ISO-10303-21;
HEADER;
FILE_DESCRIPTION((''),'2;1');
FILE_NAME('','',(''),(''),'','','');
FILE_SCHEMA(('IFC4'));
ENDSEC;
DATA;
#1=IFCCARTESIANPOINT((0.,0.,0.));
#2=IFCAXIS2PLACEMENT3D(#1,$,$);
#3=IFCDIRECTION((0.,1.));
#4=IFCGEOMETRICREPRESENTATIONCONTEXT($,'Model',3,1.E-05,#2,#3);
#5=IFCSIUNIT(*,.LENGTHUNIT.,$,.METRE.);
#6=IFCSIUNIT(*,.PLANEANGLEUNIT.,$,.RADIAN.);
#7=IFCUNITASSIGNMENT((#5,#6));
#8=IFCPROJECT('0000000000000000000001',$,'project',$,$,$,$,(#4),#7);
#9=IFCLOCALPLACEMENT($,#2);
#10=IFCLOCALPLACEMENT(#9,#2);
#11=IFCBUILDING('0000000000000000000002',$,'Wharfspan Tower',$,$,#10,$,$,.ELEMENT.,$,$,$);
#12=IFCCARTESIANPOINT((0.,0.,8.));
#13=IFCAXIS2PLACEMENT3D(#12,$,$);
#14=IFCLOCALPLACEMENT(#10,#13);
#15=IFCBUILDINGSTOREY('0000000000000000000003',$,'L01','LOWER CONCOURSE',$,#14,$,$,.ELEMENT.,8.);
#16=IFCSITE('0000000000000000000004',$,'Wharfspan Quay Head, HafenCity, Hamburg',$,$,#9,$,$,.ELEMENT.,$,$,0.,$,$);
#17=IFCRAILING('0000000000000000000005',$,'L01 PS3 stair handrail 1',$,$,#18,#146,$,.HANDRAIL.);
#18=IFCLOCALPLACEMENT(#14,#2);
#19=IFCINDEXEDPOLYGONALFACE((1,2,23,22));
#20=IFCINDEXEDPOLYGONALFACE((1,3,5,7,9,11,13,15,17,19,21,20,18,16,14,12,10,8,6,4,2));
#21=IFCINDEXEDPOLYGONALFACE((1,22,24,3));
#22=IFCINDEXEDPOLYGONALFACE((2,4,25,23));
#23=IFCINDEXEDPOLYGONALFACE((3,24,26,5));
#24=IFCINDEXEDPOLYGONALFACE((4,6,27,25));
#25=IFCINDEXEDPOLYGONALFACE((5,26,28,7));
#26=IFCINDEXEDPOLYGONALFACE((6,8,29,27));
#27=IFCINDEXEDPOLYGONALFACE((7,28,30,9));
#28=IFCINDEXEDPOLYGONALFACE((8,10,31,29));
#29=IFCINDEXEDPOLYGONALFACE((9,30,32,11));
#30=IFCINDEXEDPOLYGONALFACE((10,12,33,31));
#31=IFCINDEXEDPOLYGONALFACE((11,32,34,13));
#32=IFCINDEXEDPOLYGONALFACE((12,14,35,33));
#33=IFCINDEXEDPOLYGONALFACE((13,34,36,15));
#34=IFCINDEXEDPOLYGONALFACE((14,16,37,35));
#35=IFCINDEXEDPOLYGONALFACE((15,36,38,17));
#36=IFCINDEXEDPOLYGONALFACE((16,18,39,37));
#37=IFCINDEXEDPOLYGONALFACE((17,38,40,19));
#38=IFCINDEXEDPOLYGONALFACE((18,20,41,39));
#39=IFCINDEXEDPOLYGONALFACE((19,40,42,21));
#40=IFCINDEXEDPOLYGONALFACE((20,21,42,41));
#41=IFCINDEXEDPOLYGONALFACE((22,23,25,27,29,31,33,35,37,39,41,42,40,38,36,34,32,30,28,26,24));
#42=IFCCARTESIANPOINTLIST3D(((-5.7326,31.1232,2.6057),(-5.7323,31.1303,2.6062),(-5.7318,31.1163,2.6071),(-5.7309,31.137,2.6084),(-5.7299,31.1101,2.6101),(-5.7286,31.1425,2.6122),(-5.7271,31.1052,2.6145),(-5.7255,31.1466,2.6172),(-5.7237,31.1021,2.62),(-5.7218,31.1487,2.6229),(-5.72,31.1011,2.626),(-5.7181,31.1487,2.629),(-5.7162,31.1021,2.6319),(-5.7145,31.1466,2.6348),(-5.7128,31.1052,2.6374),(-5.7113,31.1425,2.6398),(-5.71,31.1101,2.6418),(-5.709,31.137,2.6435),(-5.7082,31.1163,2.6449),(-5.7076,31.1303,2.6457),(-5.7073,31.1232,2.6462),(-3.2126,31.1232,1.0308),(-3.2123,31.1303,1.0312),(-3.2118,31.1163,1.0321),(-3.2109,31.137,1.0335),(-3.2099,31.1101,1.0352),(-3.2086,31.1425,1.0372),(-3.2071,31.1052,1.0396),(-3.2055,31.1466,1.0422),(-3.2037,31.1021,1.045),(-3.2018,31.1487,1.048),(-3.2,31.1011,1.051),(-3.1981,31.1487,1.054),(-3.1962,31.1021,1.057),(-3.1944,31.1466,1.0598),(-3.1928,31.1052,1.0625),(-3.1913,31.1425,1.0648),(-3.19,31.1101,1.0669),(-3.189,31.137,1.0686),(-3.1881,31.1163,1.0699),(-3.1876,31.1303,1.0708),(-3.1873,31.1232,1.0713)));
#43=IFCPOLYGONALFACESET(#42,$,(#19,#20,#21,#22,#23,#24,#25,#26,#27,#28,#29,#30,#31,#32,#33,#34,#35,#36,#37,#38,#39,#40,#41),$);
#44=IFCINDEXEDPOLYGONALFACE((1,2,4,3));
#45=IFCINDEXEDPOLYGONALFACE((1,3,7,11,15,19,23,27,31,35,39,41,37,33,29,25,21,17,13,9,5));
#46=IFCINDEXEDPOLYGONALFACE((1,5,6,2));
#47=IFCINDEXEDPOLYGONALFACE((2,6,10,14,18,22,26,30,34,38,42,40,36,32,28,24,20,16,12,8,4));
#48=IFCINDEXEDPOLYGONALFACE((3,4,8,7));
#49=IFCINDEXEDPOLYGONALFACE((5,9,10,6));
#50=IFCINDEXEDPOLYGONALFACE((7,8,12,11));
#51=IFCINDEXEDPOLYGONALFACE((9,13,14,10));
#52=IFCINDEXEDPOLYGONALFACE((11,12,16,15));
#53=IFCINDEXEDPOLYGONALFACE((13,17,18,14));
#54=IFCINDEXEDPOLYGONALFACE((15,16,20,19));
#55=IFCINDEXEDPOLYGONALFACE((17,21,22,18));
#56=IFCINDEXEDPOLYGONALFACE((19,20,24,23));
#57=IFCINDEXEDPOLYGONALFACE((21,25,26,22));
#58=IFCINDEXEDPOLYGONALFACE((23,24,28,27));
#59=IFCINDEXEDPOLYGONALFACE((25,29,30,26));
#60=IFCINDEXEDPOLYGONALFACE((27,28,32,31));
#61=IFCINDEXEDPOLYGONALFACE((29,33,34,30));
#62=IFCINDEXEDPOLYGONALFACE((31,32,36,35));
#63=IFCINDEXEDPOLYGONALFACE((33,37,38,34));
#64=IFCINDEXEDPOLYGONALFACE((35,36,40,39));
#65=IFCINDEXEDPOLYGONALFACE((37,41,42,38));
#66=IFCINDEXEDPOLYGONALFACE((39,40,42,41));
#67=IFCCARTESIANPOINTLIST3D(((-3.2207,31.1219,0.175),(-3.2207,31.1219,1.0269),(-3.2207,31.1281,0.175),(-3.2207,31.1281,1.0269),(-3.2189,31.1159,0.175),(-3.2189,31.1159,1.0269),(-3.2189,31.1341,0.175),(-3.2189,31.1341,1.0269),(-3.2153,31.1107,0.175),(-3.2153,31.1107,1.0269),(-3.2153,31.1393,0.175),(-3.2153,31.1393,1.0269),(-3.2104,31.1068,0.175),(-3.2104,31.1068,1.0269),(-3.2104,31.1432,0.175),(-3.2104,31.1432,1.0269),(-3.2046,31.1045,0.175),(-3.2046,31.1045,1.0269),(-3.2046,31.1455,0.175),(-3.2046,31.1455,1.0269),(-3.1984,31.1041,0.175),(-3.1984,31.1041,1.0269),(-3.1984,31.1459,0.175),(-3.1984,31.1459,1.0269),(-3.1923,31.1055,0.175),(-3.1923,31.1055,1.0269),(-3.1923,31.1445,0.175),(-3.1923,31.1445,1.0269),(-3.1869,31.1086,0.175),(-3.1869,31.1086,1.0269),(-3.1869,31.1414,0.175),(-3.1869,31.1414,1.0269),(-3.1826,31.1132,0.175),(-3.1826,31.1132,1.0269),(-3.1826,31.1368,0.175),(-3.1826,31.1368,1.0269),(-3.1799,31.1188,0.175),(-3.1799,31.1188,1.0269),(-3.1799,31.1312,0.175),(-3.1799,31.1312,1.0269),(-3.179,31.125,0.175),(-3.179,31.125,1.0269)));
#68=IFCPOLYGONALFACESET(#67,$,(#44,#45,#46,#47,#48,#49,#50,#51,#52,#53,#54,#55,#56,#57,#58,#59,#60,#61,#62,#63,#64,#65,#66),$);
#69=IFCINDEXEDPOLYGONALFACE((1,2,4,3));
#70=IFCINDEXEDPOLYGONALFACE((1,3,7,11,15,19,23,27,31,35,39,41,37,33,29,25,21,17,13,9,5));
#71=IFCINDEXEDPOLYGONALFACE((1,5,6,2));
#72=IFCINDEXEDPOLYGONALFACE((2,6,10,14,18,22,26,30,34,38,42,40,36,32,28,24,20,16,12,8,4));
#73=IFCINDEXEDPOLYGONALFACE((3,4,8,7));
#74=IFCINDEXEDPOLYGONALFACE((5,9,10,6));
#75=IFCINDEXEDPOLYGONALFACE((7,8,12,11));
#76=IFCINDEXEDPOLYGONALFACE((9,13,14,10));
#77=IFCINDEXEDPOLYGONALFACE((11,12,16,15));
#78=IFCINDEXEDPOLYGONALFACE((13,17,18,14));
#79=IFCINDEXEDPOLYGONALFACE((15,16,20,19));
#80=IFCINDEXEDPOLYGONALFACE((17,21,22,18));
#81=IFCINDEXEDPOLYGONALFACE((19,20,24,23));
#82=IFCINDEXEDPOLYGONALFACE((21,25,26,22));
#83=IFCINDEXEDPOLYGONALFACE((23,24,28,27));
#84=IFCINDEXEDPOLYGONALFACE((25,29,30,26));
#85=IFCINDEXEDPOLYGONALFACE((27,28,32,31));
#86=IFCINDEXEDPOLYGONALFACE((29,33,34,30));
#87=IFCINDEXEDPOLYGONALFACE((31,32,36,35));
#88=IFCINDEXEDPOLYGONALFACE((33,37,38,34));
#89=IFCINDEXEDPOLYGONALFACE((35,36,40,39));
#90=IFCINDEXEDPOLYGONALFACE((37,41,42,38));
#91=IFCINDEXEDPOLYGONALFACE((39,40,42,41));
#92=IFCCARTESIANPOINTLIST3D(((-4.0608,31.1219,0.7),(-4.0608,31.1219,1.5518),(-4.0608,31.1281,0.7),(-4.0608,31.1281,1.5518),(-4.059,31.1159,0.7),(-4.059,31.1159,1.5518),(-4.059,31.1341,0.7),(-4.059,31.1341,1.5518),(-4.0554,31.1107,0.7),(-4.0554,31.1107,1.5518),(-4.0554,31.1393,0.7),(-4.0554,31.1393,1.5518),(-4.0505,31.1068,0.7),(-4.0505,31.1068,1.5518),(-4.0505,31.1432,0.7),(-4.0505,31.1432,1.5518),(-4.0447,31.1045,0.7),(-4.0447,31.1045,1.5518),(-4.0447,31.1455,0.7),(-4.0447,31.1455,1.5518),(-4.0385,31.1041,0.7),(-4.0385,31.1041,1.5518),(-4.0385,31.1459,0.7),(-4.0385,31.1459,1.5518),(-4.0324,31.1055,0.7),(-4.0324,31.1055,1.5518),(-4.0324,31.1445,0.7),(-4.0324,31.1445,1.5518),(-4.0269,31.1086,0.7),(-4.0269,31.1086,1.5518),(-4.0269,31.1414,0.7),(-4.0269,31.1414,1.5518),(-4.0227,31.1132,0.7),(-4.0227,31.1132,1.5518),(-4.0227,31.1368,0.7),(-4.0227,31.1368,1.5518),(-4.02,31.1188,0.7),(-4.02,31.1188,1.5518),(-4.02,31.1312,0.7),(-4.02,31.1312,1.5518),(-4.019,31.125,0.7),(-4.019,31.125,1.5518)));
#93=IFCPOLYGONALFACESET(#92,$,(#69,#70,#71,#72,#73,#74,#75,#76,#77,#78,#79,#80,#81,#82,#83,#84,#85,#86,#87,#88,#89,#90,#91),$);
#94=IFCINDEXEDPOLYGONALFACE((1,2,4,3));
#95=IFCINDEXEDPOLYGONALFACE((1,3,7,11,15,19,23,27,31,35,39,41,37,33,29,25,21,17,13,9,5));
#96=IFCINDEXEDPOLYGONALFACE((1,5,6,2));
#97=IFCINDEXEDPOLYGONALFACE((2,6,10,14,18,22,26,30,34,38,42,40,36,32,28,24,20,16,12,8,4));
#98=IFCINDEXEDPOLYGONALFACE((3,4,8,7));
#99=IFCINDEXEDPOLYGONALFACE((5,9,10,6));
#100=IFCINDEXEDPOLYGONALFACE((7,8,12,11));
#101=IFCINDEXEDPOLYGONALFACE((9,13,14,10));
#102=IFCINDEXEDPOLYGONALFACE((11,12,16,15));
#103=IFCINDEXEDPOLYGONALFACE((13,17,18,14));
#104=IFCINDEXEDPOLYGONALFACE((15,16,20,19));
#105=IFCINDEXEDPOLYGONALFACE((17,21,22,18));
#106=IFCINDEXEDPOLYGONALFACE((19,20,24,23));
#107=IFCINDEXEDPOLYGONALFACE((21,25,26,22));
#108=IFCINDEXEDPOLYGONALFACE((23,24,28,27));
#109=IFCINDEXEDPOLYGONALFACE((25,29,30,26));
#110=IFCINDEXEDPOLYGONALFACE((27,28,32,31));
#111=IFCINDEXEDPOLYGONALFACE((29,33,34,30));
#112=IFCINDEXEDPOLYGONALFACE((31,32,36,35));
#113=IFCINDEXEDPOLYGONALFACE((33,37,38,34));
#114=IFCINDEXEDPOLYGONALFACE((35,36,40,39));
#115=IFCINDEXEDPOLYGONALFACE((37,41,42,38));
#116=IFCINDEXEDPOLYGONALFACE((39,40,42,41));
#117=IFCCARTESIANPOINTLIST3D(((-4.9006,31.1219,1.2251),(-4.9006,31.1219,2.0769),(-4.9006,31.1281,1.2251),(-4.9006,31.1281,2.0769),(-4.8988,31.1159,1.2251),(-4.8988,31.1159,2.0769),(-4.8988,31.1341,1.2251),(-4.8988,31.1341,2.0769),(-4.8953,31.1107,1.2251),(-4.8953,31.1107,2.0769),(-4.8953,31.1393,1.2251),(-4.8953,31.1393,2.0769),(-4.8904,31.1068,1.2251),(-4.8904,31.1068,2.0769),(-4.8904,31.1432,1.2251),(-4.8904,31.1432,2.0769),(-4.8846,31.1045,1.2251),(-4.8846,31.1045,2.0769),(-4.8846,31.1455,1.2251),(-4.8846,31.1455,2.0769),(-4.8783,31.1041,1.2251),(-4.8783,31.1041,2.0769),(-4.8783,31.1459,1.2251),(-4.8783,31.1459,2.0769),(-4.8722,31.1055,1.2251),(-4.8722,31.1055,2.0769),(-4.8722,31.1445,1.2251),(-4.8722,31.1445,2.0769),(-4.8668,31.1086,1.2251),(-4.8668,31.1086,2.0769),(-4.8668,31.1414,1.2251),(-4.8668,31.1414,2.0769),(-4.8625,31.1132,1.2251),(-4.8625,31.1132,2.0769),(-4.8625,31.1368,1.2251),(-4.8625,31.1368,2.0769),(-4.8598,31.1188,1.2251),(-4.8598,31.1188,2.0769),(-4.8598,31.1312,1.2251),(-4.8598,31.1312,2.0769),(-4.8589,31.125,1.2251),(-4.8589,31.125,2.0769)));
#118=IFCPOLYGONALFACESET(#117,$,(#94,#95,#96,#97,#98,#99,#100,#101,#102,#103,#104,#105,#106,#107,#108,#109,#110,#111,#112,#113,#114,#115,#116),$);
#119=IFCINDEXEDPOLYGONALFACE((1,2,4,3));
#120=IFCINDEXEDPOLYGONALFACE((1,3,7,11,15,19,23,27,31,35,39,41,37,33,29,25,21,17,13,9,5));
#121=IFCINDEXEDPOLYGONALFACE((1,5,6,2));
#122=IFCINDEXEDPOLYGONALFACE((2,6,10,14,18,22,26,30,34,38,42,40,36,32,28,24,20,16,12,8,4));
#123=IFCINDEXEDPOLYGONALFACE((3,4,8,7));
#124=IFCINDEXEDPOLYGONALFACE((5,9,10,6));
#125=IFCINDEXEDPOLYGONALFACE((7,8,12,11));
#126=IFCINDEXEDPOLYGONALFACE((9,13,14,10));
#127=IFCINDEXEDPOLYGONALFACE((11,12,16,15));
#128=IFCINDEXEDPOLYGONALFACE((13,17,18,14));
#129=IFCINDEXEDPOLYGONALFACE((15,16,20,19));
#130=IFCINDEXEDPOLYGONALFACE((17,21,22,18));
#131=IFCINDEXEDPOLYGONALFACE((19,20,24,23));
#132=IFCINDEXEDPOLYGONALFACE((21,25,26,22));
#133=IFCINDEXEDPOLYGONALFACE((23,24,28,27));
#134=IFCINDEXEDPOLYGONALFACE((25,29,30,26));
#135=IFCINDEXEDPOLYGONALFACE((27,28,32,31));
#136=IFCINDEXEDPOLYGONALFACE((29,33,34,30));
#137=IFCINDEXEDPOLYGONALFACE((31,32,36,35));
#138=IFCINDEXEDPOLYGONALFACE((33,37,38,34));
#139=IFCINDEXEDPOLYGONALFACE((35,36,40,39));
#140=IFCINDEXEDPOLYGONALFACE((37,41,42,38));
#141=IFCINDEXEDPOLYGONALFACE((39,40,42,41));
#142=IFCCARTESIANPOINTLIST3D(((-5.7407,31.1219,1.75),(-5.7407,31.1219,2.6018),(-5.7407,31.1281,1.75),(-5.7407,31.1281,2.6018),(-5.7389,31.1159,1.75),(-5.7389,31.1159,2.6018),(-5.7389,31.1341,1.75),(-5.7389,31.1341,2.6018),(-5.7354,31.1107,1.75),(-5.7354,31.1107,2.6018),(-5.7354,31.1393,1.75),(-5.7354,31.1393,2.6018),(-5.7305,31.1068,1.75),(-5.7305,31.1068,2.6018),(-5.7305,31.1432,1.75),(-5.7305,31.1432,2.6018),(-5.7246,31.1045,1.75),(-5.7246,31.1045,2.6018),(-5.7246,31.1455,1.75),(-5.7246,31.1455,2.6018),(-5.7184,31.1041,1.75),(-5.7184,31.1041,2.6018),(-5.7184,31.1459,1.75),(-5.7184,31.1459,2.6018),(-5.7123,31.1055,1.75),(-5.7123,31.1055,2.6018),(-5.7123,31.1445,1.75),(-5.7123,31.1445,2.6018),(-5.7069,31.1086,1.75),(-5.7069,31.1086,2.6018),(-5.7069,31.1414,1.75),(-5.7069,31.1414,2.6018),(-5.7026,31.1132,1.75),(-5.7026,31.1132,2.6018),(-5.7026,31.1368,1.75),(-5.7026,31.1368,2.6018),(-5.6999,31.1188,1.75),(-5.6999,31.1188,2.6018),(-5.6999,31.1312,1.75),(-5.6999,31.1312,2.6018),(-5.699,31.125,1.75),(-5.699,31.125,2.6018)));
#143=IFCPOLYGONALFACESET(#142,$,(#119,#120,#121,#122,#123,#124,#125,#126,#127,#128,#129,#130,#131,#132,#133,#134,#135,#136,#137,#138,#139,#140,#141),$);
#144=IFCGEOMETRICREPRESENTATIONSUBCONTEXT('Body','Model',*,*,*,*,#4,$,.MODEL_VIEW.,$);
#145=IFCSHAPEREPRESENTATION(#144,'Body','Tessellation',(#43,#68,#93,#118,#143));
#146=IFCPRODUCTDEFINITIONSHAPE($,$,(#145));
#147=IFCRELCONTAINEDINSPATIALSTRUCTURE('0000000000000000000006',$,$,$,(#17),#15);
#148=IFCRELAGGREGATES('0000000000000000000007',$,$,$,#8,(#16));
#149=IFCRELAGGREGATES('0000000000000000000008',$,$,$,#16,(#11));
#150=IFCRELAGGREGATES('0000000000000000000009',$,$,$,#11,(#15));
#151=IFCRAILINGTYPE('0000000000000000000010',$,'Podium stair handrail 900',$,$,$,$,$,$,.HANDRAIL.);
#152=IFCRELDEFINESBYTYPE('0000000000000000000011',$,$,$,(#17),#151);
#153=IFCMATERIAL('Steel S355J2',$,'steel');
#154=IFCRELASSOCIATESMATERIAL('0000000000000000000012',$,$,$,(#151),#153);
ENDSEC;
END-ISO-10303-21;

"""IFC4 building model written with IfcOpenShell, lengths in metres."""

from ifc_helpers import new_model, si_unit, direction, frame, origin, origin_2d, place, context, subcontext, project, spatial, circle, extrude, material, type_object, element, save


model = new_model("IFC4")

# Units and contexts
model_context = context("Model", 3, precision=1e-05, world=origin(), true_north=direction((0.0, 1.0)))
body_context = subcontext(model_context, "Body", "Model", "MODEL_VIEW")
ifc_project = project(units=[si_unit("LENGTHUNIT", "METRE"), si_unit("PLANEANGLEUNIT", "RADIAN")], contexts=[model_context])

# Site, building, storey
site_placement = place(None, origin())
site = spatial("IfcSite", under=ifc_project, at=site_placement, Name="Wharfspan Quay Head, HafenCity, Hamburg", CompositionType="ELEMENT", RefElevation=0.0)
building_placement = place(site_placement, origin())
building = spatial("IfcBuilding", under=site, at=building_placement, Name="Wharfspan Tower", CompositionType="ELEMENT")
storey_placement = place(building_placement, frame((0.0, 0.0, 8.0)))
storey = spatial("IfcBuildingStorey", under=building, at=storey_placement, Name="L01", Description="LOWER CONCOURSE", CompositionType="ELEMENT", Elevation=8.0)

# Railing
ifc_material_1 = material(Name="Steel S355J2", Category="steel")
railing_type_1 = type_object("IfcRailingType", Name="Podium stair handrail 900", PredefinedType="HANDRAIL", material=ifc_material_1)
for number, where, name in (
    (1, (-3.2, 31.125, 0.175), "L01 PS3 stair handrail 1"),
):
    element("IfcRailing", number, at=place(storey_placement, frame(where)), inside=storey, type_object=railing_type_1, Name=name, PredefinedType="HANDRAIL", context=body_context, shape_type="SweptSolid", body=[
        extrude(circle(Radius=0.0239, at=origin_2d()), frame((0.0, 0.0, 0.876), z_axis=(-0.848008, 0.0, 0.529984), x_axis=(0.0, -1.0, 0.0)), (0.0, 0.0, 1.0), 2.9717),
        extrude(circle(Radius=0.021, at=origin_2d()), origin(), (0.0, 0.0, 1.0), 0.8518),
        extrude(circle(Radius=0.021, at=origin_2d()), frame((-0.8401, 0.0, 0.5249)), (0.0, 0.0, 1.0), 0.8518),
        extrude(circle(Radius=0.021, at=origin_2d()), frame((-1.6799, 0.0, 1.05)), (0.0, 0.0, 1.0), 0.8518),
        extrude(circle(Radius=0.021, at=origin_2d()), frame((-2.52, 0.0, 1.575)), (0.0, 0.0, 1.0), 0.8518),
    ])

save(model, "model.ifc")
